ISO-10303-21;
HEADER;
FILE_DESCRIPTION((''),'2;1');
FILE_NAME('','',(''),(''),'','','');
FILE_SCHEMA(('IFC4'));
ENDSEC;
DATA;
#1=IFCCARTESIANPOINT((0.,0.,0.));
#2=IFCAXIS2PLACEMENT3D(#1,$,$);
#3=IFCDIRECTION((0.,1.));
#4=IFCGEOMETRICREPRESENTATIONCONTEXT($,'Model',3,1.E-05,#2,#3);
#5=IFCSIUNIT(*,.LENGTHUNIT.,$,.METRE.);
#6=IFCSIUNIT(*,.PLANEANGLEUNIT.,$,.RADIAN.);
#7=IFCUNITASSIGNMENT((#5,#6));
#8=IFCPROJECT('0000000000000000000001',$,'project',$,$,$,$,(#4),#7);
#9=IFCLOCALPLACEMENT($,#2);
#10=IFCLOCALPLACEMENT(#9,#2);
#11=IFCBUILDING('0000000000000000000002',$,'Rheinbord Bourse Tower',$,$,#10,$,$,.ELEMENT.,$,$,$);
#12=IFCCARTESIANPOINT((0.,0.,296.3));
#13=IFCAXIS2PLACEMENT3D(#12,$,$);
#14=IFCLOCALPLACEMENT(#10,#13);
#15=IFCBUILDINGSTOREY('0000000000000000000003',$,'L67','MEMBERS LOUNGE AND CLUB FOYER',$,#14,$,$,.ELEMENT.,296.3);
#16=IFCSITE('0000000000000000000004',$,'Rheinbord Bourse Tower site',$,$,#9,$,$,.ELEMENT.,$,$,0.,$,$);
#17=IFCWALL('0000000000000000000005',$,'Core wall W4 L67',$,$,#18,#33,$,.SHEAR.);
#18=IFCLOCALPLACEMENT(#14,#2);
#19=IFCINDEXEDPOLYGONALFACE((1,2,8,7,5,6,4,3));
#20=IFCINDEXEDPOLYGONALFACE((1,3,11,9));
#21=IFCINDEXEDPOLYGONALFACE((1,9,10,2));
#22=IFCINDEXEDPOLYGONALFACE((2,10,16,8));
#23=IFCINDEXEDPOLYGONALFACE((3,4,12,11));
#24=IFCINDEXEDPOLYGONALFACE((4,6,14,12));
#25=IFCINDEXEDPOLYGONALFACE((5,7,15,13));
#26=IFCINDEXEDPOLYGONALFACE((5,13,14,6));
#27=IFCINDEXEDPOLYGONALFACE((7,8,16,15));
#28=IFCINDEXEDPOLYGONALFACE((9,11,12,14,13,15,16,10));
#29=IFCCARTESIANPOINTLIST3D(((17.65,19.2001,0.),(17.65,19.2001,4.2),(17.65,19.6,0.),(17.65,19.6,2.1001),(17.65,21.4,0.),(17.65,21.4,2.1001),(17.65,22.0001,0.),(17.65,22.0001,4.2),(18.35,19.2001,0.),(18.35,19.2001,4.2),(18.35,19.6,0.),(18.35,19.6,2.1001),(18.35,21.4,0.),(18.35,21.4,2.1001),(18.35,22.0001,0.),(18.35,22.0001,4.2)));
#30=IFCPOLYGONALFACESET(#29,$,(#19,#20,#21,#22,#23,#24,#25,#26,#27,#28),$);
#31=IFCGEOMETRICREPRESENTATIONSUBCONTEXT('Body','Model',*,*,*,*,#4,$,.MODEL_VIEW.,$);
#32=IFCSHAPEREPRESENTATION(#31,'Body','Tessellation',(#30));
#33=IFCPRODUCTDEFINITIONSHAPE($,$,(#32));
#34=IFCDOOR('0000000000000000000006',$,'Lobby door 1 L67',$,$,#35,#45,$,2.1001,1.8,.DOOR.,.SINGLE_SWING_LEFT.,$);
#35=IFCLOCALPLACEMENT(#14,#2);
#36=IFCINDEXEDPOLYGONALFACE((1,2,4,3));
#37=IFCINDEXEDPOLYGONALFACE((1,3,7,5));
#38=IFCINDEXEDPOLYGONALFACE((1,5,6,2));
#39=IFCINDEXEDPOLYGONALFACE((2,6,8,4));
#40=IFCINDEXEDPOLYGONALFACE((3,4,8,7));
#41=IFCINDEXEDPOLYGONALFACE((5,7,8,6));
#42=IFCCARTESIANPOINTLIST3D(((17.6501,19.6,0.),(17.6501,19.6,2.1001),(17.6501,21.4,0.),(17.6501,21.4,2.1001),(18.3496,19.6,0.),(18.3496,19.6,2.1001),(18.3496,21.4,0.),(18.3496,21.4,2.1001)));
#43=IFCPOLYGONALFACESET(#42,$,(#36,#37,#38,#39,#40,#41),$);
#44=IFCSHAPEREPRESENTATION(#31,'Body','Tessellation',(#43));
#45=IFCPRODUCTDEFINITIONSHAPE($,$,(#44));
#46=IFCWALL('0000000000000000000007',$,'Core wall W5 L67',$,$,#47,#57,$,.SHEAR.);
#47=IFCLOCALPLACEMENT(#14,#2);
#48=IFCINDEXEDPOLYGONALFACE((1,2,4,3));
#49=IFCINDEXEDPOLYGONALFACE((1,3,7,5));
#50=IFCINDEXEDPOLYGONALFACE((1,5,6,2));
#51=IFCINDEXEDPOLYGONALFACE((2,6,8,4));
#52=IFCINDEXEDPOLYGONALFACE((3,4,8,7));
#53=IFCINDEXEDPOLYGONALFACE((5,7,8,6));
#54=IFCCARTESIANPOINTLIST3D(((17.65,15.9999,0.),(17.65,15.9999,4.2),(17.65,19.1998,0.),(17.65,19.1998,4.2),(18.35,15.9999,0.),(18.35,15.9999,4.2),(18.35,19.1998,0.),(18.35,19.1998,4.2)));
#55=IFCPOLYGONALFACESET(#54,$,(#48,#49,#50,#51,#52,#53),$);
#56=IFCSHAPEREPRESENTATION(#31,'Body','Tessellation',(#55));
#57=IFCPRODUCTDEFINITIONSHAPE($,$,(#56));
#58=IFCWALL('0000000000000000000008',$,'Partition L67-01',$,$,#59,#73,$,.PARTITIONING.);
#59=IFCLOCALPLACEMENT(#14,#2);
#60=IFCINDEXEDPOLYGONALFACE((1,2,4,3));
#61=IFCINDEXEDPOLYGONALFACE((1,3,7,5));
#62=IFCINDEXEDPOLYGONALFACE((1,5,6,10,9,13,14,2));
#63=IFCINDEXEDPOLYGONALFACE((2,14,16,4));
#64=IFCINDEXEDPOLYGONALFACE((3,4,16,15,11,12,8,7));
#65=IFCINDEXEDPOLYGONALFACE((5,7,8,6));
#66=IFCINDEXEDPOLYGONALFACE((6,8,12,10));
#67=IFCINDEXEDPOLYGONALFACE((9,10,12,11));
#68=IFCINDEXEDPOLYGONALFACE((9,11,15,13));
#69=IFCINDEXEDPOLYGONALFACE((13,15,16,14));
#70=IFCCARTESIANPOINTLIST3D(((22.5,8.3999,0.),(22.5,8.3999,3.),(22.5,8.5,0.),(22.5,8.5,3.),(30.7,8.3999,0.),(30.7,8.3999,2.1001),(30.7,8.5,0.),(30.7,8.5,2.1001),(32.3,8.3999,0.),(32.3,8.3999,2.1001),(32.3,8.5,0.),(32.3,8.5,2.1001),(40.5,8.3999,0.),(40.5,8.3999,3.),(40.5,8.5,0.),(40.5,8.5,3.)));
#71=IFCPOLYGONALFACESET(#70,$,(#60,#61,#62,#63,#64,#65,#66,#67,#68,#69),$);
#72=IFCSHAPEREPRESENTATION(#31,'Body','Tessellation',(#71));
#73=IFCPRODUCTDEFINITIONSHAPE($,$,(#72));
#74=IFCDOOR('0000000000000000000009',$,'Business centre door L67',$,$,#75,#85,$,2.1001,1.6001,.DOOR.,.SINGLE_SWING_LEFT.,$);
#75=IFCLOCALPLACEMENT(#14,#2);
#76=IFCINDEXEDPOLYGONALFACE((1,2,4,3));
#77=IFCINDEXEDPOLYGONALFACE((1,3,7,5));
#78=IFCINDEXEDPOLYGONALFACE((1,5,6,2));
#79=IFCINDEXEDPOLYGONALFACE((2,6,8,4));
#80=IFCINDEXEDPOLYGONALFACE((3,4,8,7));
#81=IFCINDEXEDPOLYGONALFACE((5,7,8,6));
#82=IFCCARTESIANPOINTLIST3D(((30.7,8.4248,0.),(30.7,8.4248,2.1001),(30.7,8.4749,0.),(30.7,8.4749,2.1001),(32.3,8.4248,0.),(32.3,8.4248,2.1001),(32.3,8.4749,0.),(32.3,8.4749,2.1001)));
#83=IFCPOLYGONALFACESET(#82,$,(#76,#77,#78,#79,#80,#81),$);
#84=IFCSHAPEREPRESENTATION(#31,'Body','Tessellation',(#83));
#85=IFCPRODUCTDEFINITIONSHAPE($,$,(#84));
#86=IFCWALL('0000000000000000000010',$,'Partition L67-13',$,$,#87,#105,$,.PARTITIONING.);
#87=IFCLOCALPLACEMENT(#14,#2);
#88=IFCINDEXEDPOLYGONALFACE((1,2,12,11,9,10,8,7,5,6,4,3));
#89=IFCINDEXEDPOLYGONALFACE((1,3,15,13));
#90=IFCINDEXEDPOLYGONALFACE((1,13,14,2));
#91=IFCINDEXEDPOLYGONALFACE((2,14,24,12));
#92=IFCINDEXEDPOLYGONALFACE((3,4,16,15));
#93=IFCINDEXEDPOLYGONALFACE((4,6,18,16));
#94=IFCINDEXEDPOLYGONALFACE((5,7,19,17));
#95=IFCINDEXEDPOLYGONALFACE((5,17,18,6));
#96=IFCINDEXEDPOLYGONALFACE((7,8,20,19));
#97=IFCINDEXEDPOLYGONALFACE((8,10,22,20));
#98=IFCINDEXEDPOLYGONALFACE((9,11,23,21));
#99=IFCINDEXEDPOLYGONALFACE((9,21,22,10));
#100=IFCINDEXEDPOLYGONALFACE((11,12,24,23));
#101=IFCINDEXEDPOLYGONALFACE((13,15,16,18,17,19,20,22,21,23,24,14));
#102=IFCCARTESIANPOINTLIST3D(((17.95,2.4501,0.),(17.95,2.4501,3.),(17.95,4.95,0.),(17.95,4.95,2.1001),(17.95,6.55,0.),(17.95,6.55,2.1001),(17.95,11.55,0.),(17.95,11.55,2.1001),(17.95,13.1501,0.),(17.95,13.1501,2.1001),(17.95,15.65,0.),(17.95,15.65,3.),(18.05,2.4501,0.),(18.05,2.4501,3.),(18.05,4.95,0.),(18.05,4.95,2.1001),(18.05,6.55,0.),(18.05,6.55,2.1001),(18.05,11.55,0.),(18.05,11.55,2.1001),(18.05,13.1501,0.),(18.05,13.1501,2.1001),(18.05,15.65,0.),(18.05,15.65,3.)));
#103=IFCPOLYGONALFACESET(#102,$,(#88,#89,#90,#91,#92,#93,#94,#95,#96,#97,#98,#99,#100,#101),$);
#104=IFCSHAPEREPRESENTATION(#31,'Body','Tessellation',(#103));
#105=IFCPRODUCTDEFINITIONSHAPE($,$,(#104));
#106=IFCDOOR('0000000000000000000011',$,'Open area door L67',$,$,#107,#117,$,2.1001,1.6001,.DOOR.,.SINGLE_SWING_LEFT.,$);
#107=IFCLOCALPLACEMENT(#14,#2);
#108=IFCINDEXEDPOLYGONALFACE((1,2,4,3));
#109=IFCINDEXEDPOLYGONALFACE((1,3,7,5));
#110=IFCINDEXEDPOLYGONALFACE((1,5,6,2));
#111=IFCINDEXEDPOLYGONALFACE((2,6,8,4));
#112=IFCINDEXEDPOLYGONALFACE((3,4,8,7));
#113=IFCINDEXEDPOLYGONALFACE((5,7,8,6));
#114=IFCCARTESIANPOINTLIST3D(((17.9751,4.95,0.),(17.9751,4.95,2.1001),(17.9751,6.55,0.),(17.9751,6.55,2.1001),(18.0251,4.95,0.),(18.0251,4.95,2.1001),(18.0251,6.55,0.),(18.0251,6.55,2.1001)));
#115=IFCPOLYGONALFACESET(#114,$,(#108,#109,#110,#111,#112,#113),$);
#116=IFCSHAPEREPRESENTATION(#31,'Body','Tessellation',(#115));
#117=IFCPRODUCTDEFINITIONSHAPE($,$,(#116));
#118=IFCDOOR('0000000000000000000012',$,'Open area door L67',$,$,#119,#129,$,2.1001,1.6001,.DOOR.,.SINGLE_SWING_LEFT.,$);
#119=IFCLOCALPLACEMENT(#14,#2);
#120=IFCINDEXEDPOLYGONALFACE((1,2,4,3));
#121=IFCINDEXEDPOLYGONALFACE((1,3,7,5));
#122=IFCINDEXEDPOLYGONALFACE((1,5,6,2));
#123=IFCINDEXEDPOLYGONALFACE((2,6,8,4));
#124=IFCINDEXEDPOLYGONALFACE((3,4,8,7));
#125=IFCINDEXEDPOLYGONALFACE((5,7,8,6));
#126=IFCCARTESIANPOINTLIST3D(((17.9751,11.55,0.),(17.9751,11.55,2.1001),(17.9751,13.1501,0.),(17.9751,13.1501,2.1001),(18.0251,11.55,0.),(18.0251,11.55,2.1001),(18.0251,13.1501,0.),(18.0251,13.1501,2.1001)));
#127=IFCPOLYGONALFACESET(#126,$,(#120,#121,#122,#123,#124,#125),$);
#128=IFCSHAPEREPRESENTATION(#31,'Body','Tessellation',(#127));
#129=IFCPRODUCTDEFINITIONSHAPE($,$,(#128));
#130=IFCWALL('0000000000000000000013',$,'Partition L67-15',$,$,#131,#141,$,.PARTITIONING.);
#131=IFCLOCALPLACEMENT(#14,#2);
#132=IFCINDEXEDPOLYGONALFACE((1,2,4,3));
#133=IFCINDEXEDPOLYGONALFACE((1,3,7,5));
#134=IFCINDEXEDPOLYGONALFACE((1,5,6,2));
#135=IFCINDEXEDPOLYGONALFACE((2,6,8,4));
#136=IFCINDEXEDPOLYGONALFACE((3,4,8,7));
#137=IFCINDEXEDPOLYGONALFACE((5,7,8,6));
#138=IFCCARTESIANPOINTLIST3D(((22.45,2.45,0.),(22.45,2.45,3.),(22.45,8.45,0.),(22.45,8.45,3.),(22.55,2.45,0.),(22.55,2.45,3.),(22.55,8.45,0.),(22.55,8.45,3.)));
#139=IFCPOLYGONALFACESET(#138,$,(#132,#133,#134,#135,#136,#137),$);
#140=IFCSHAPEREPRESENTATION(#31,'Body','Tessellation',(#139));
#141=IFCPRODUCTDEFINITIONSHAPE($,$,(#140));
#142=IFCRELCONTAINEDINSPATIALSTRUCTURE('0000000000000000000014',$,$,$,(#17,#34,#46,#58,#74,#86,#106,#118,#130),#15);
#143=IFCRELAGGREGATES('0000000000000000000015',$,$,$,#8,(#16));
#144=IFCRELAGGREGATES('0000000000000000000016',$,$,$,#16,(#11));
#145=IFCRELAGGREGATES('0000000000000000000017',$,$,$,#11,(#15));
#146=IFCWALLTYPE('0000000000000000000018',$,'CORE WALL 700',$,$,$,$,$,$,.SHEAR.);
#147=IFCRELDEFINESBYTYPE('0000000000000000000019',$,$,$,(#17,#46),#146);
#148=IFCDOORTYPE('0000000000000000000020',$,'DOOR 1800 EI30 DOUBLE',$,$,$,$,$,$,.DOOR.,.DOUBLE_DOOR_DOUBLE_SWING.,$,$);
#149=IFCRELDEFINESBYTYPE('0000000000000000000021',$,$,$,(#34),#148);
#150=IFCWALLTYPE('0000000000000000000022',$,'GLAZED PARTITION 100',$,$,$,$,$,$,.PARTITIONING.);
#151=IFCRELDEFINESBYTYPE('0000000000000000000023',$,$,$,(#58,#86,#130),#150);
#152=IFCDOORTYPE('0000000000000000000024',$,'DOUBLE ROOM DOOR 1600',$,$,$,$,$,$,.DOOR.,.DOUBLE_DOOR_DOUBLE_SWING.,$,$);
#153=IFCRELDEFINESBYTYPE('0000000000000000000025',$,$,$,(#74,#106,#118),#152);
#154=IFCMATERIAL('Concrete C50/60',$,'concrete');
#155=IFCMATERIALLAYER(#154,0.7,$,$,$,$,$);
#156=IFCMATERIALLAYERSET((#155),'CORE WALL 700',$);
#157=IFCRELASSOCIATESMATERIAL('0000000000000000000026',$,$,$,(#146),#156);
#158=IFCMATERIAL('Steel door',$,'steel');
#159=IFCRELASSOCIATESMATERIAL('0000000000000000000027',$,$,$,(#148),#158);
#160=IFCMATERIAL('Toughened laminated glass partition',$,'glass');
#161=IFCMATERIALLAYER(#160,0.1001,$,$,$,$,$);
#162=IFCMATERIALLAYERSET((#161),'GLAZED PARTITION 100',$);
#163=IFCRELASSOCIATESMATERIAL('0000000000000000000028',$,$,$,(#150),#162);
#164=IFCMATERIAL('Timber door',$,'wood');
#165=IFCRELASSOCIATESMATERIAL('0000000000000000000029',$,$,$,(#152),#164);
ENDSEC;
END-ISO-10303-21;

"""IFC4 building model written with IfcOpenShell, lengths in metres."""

from ifc_helpers import new_model, si_unit, direction, frame, frame_2d, origin, place, context, subcontext, project, spatial, rectangle, extrude, material, layer, layer_set, type_object, element, fill, save


model = new_model("IFC4")

# Units and contexts
model_context = context("Model", 3, precision=1e-05, world=origin(), true_north=direction((0.0, 1.0)))
body_context = subcontext(model_context, "Body", "Model", "MODEL_VIEW")
ifc_project = project(units=[si_unit("LENGTHUNIT", "METRE"), si_unit("PLANEANGLEUNIT", "RADIAN")], contexts=[model_context])

# Site, building, storey
site_placement = place(None, origin())
site = spatial("IfcSite", under=ifc_project, at=site_placement, Name="Rheinbord Bourse Tower site", CompositionType="ELEMENT", RefElevation=0.0)
building_placement = place(site_placement, origin())
building = spatial("IfcBuilding", under=site, at=building_placement, Name="Rheinbord Bourse Tower", CompositionType="ELEMENT")
storey_placement = place(building_placement, frame((0.0, 0.0, 296.3)))
storey = spatial("IfcBuildingStorey", under=building, at=storey_placement, Name="L67", Description="MEMBERS LOUNGE AND CLUB FOYER", CompositionType="ELEMENT", Elevation=296.3)

# Shared definitions
ifc_material_1 = material(Name="Concrete C50/60", Category="concrete")
ifc_layer_1 = layer(ifc_material_1, 0.7)
ifc_layer_set_1 = layer_set([ifc_layer_1], Name="CORE WALL 700")
wall_type_1 = type_object("IfcWallType", Name="CORE WALL 700", PredefinedType="SHEAR", material=ifc_layer_set_1)

# Wall, opening, door
wall_1_placement = place(storey_placement, frame((18.0, 22.0, 0.0), z_axis=(0.0, 0.0, 1.0), x_axis=(0.0, -1.0, 0.0)))
wall_1 = element("IfcWall", 1, at=wall_1_placement, inside=storey, type_object=wall_type_1, Name="Core wall W4 L67", PredefinedType="SHEAR", context=body_context, shape_type="SweptSolid", body=[
    extrude(rectangle(XDim=2.8, YDim=0.7, at=frame_2d((1.3999, 0.0))), origin(), (0.0, 0.0, 1.0), 4.2),
])
opening_1_placement = place(wall_1_placement, frame((0.6001, 0.0, 0.0)))
opening_1 = element("IfcOpeningElement", 2, at=opening_1_placement, cuts=wall_1, PredefinedType="OPENING", context=body_context, shape_type="SweptSolid", body=[
    extrude(rectangle(XDim=1.8, YDim=2.1001, at=frame_2d((0.8999, 1.05))), frame((0.0, 0.3599, 0.0), z_axis=(0.0, -1.0, 0.0), x_axis=(1.0, 0.0, 0.0)), (0.0, 0.0, 1.0), 0.72),
])
ifc_material_2 = material(Name="Steel door", Category="steel")
door_type_1 = type_object("IfcDoorType", Name="DOOR 1800 EI30 DOUBLE", OperationType="DOUBLE_DOOR_DOUBLE_SWING", PredefinedType="DOOR", material=ifc_material_2)
door_1_placement = place(opening_1_placement, origin())
door_1 = element("IfcDoor", 3, at=door_1_placement, inside=storey, type_object=door_type_1, Name="Lobby door 1 L67", OperationType="SINGLE_SWING_LEFT", OverallHeight=2.1001, OverallWidth=1.8, PredefinedType="DOOR", context=body_context, shape_type="SweptSolid", body=[
    extrude(rectangle(XDim=1.8, YDim=2.1001, at=frame_2d((0.8999, 1.05))), frame((0.0, 0.3496, 0.0), z_axis=(0.0, -1.0, 0.0), x_axis=(1.0, 0.0, 0.0)), (0.0, 0.0, 1.0), 0.6995),
])
fill(opening_1, door_1)

# Wall
wall_2_placement = place(storey_placement, frame((18.0, 19.2, 0.0), z_axis=(0.0, 0.0, 1.0), x_axis=(0.0, -1.0, 0.0)))
element("IfcWall", 4, at=wall_2_placement, inside=storey, type_object=wall_type_1, Name="Core wall W5 L67", PredefinedType="SHEAR", context=body_context, shape_type="SweptSolid", body=[
    extrude(rectangle(XDim=3.2, YDim=0.7, at=frame_2d((1.6001, 0.0))), origin(), (0.0, 0.0, 1.0), 4.2),
])

# Wall, opening, door
ifc_material_3 = material(Name="Toughened laminated glass partition", Category="glass")
ifc_layer_2 = layer(ifc_material_3, 0.1001)
ifc_layer_set_2 = layer_set([ifc_layer_2], Name="GLAZED PARTITION 100")
wall_type_2 = type_object("IfcWallType", Name="GLAZED PARTITION 100", PredefinedType="PARTITIONING", material=ifc_layer_set_2)
wall_3_placement = place(storey_placement, frame((22.5, 8.45, 0.0), z_axis=(0.0, 0.0, 1.0), x_axis=(1.0, 0.0, 0.0)))
wall_3 = element("IfcWall", 5, at=wall_3_placement, inside=storey, type_object=wall_type_2, Name="Partition L67-01", PredefinedType="PARTITIONING", context=body_context, shape_type="SweptSolid", body=[
    extrude(rectangle(XDim=18.0, YDim=0.1001, at=frame_2d((9.0, 0.0))), origin(), (0.0, 0.0, 1.0), 3.0),
])
opening_2_placement = place(wall_3_placement, frame((8.2, 0.0, 0.0)))
opening_2 = element("IfcOpeningElement", 6, at=opening_2_placement, cuts=wall_3, PredefinedType="OPENING", context=body_context, shape_type="SweptSolid", body=[
    extrude(rectangle(XDim=1.6001, YDim=2.1001, at=frame_2d((0.8, 1.05))), frame((0.0, 0.0601, 0.0), z_axis=(0.0, -1.0, 0.0), x_axis=(1.0, 0.0, 0.0)), (0.0, 0.0, 1.0), 0.1201),
])
ifc_material_4 = material(Name="Timber door", Category="wood")
door_type_2 = type_object("IfcDoorType", Name="DOUBLE ROOM DOOR 1600", OperationType="DOUBLE_DOOR_DOUBLE_SWING", PredefinedType="DOOR", material=ifc_material_4)
door_2_placement = place(opening_2_placement, origin())
door_2 = element("IfcDoor", 7, at=door_2_placement, inside=storey, type_object=door_type_2, Name="Business centre door L67", OperationType="SINGLE_SWING_LEFT", OverallHeight=2.1001, OverallWidth=1.6001, PredefinedType="DOOR", context=body_context, shape_type="SweptSolid", body=[
    extrude(rectangle(XDim=1.6001, YDim=2.1001, at=frame_2d((0.8, 1.05))), frame((0.0, 0.0249, 0.0), z_axis=(0.0, -1.0, 0.0), x_axis=(1.0, 0.0, 0.0)), (0.0, 0.0, 1.0), 0.05),
])
fill(opening_2, door_2)

# Wall, openings, doors
wall_4_placement = place(storey_placement, frame((18.0, 2.45, 0.0), z_axis=(0.0, 0.0, 1.0), x_axis=(0.0, 1.0, 0.0)))
wall_4 = element("IfcWall", 8, at=wall_4_placement, inside=storey, type_object=wall_type_2, Name="Partition L67-13", PredefinedType="PARTITIONING", context=body_context, shape_type="SweptSolid", body=[
    extrude(rectangle(XDim=13.2, YDim=0.1001, at=frame_2d((6.6001, 0.0))), origin(), (0.0, 0.0, 1.0), 3.0),
])
opening_3_placement = place(wall_4_placement, frame((2.5, 0.0, 0.0)))
opening_3 = element("IfcOpeningElement", 9, at=opening_3_placement, cuts=wall_4, PredefinedType="OPENING", context=body_context, shape_type="SweptSolid", body=[
    extrude(rectangle(XDim=1.6001, YDim=2.1001, at=frame_2d((0.8, 1.05))), frame((0.0, 0.0601, 0.0), z_axis=(0.0, -1.0, 0.0), x_axis=(1.0, 0.0, 0.0)), (0.0, 0.0, 1.0), 0.1201),
])
opening_4_placement = place(wall_4_placement, frame((9.1001, 0.0, 0.0)))
opening_4 = element("IfcOpeningElement", 10, at=opening_4_placement, cuts=wall_4, PredefinedType="OPENING", context=body_context, shape_type="SweptSolid", body=[
    extrude(rectangle(XDim=1.6001, YDim=2.1001, at=frame_2d((0.8, 1.05))), frame((0.0, 0.0601, 0.0), z_axis=(0.0, -1.0, 0.0), x_axis=(1.0, 0.0, 0.0)), (0.0, 0.0, 1.0), 0.1201),
])
door_3_placement = place(opening_3_placement, origin())
door_3 = element("IfcDoor", 11, at=door_3_placement, inside=storey, type_object=door_type_2, Name="Open area door L67", OperationType="SINGLE_SWING_LEFT", OverallHeight=2.1001, OverallWidth=1.6001, PredefinedType="DOOR", context=body_context, shape_type="SweptSolid", body=[
    extrude(rectangle(XDim=1.6001, YDim=2.1001, at=frame_2d((0.8, 1.05))), frame((0.0, 0.0249, 0.0), z_axis=(0.0, -1.0, 0.0), x_axis=(1.0, 0.0, 0.0)), (0.0, 0.0, 1.0), 0.05),
])
fill(opening_3, door_3)
door_4_placement = place(opening_4_placement, origin())
door_4 = element("IfcDoor", 12, at=door_4_placement, inside=storey, type_object=door_type_2, Name="Open area door L67", OperationType="SINGLE_SWING_LEFT", OverallHeight=2.1001, OverallWidth=1.6001, PredefinedType="DOOR", context=body_context, shape_type="SweptSolid", body=[
    extrude(rectangle(XDim=1.6001, YDim=2.1001, at=frame_2d((0.8, 1.05))), frame((0.0, 0.0249, 0.0), z_axis=(0.0, -1.0, 0.0), x_axis=(1.0, 0.0, 0.0)), (0.0, 0.0, 1.0), 0.05),
])
fill(opening_4, door_4)

# Wall
wall_5_placement = place(storey_placement, frame((22.5, 2.45, 0.0), z_axis=(0.0, 0.0, 1.0), x_axis=(0.0, 1.0, 0.0)))
element("IfcWall", 13, at=wall_5_placement, inside=storey, type_object=wall_type_2, Name="Partition L67-15", PredefinedType="PARTITIONING", context=body_context, shape_type="SweptSolid", body=[
    extrude(rectangle(XDim=6.0, YDim=0.1001, at=frame_2d((3.0, 0.0))), origin(), (0.0, 0.0, 1.0), 3.0),
])

save(model, "model.ifc")
